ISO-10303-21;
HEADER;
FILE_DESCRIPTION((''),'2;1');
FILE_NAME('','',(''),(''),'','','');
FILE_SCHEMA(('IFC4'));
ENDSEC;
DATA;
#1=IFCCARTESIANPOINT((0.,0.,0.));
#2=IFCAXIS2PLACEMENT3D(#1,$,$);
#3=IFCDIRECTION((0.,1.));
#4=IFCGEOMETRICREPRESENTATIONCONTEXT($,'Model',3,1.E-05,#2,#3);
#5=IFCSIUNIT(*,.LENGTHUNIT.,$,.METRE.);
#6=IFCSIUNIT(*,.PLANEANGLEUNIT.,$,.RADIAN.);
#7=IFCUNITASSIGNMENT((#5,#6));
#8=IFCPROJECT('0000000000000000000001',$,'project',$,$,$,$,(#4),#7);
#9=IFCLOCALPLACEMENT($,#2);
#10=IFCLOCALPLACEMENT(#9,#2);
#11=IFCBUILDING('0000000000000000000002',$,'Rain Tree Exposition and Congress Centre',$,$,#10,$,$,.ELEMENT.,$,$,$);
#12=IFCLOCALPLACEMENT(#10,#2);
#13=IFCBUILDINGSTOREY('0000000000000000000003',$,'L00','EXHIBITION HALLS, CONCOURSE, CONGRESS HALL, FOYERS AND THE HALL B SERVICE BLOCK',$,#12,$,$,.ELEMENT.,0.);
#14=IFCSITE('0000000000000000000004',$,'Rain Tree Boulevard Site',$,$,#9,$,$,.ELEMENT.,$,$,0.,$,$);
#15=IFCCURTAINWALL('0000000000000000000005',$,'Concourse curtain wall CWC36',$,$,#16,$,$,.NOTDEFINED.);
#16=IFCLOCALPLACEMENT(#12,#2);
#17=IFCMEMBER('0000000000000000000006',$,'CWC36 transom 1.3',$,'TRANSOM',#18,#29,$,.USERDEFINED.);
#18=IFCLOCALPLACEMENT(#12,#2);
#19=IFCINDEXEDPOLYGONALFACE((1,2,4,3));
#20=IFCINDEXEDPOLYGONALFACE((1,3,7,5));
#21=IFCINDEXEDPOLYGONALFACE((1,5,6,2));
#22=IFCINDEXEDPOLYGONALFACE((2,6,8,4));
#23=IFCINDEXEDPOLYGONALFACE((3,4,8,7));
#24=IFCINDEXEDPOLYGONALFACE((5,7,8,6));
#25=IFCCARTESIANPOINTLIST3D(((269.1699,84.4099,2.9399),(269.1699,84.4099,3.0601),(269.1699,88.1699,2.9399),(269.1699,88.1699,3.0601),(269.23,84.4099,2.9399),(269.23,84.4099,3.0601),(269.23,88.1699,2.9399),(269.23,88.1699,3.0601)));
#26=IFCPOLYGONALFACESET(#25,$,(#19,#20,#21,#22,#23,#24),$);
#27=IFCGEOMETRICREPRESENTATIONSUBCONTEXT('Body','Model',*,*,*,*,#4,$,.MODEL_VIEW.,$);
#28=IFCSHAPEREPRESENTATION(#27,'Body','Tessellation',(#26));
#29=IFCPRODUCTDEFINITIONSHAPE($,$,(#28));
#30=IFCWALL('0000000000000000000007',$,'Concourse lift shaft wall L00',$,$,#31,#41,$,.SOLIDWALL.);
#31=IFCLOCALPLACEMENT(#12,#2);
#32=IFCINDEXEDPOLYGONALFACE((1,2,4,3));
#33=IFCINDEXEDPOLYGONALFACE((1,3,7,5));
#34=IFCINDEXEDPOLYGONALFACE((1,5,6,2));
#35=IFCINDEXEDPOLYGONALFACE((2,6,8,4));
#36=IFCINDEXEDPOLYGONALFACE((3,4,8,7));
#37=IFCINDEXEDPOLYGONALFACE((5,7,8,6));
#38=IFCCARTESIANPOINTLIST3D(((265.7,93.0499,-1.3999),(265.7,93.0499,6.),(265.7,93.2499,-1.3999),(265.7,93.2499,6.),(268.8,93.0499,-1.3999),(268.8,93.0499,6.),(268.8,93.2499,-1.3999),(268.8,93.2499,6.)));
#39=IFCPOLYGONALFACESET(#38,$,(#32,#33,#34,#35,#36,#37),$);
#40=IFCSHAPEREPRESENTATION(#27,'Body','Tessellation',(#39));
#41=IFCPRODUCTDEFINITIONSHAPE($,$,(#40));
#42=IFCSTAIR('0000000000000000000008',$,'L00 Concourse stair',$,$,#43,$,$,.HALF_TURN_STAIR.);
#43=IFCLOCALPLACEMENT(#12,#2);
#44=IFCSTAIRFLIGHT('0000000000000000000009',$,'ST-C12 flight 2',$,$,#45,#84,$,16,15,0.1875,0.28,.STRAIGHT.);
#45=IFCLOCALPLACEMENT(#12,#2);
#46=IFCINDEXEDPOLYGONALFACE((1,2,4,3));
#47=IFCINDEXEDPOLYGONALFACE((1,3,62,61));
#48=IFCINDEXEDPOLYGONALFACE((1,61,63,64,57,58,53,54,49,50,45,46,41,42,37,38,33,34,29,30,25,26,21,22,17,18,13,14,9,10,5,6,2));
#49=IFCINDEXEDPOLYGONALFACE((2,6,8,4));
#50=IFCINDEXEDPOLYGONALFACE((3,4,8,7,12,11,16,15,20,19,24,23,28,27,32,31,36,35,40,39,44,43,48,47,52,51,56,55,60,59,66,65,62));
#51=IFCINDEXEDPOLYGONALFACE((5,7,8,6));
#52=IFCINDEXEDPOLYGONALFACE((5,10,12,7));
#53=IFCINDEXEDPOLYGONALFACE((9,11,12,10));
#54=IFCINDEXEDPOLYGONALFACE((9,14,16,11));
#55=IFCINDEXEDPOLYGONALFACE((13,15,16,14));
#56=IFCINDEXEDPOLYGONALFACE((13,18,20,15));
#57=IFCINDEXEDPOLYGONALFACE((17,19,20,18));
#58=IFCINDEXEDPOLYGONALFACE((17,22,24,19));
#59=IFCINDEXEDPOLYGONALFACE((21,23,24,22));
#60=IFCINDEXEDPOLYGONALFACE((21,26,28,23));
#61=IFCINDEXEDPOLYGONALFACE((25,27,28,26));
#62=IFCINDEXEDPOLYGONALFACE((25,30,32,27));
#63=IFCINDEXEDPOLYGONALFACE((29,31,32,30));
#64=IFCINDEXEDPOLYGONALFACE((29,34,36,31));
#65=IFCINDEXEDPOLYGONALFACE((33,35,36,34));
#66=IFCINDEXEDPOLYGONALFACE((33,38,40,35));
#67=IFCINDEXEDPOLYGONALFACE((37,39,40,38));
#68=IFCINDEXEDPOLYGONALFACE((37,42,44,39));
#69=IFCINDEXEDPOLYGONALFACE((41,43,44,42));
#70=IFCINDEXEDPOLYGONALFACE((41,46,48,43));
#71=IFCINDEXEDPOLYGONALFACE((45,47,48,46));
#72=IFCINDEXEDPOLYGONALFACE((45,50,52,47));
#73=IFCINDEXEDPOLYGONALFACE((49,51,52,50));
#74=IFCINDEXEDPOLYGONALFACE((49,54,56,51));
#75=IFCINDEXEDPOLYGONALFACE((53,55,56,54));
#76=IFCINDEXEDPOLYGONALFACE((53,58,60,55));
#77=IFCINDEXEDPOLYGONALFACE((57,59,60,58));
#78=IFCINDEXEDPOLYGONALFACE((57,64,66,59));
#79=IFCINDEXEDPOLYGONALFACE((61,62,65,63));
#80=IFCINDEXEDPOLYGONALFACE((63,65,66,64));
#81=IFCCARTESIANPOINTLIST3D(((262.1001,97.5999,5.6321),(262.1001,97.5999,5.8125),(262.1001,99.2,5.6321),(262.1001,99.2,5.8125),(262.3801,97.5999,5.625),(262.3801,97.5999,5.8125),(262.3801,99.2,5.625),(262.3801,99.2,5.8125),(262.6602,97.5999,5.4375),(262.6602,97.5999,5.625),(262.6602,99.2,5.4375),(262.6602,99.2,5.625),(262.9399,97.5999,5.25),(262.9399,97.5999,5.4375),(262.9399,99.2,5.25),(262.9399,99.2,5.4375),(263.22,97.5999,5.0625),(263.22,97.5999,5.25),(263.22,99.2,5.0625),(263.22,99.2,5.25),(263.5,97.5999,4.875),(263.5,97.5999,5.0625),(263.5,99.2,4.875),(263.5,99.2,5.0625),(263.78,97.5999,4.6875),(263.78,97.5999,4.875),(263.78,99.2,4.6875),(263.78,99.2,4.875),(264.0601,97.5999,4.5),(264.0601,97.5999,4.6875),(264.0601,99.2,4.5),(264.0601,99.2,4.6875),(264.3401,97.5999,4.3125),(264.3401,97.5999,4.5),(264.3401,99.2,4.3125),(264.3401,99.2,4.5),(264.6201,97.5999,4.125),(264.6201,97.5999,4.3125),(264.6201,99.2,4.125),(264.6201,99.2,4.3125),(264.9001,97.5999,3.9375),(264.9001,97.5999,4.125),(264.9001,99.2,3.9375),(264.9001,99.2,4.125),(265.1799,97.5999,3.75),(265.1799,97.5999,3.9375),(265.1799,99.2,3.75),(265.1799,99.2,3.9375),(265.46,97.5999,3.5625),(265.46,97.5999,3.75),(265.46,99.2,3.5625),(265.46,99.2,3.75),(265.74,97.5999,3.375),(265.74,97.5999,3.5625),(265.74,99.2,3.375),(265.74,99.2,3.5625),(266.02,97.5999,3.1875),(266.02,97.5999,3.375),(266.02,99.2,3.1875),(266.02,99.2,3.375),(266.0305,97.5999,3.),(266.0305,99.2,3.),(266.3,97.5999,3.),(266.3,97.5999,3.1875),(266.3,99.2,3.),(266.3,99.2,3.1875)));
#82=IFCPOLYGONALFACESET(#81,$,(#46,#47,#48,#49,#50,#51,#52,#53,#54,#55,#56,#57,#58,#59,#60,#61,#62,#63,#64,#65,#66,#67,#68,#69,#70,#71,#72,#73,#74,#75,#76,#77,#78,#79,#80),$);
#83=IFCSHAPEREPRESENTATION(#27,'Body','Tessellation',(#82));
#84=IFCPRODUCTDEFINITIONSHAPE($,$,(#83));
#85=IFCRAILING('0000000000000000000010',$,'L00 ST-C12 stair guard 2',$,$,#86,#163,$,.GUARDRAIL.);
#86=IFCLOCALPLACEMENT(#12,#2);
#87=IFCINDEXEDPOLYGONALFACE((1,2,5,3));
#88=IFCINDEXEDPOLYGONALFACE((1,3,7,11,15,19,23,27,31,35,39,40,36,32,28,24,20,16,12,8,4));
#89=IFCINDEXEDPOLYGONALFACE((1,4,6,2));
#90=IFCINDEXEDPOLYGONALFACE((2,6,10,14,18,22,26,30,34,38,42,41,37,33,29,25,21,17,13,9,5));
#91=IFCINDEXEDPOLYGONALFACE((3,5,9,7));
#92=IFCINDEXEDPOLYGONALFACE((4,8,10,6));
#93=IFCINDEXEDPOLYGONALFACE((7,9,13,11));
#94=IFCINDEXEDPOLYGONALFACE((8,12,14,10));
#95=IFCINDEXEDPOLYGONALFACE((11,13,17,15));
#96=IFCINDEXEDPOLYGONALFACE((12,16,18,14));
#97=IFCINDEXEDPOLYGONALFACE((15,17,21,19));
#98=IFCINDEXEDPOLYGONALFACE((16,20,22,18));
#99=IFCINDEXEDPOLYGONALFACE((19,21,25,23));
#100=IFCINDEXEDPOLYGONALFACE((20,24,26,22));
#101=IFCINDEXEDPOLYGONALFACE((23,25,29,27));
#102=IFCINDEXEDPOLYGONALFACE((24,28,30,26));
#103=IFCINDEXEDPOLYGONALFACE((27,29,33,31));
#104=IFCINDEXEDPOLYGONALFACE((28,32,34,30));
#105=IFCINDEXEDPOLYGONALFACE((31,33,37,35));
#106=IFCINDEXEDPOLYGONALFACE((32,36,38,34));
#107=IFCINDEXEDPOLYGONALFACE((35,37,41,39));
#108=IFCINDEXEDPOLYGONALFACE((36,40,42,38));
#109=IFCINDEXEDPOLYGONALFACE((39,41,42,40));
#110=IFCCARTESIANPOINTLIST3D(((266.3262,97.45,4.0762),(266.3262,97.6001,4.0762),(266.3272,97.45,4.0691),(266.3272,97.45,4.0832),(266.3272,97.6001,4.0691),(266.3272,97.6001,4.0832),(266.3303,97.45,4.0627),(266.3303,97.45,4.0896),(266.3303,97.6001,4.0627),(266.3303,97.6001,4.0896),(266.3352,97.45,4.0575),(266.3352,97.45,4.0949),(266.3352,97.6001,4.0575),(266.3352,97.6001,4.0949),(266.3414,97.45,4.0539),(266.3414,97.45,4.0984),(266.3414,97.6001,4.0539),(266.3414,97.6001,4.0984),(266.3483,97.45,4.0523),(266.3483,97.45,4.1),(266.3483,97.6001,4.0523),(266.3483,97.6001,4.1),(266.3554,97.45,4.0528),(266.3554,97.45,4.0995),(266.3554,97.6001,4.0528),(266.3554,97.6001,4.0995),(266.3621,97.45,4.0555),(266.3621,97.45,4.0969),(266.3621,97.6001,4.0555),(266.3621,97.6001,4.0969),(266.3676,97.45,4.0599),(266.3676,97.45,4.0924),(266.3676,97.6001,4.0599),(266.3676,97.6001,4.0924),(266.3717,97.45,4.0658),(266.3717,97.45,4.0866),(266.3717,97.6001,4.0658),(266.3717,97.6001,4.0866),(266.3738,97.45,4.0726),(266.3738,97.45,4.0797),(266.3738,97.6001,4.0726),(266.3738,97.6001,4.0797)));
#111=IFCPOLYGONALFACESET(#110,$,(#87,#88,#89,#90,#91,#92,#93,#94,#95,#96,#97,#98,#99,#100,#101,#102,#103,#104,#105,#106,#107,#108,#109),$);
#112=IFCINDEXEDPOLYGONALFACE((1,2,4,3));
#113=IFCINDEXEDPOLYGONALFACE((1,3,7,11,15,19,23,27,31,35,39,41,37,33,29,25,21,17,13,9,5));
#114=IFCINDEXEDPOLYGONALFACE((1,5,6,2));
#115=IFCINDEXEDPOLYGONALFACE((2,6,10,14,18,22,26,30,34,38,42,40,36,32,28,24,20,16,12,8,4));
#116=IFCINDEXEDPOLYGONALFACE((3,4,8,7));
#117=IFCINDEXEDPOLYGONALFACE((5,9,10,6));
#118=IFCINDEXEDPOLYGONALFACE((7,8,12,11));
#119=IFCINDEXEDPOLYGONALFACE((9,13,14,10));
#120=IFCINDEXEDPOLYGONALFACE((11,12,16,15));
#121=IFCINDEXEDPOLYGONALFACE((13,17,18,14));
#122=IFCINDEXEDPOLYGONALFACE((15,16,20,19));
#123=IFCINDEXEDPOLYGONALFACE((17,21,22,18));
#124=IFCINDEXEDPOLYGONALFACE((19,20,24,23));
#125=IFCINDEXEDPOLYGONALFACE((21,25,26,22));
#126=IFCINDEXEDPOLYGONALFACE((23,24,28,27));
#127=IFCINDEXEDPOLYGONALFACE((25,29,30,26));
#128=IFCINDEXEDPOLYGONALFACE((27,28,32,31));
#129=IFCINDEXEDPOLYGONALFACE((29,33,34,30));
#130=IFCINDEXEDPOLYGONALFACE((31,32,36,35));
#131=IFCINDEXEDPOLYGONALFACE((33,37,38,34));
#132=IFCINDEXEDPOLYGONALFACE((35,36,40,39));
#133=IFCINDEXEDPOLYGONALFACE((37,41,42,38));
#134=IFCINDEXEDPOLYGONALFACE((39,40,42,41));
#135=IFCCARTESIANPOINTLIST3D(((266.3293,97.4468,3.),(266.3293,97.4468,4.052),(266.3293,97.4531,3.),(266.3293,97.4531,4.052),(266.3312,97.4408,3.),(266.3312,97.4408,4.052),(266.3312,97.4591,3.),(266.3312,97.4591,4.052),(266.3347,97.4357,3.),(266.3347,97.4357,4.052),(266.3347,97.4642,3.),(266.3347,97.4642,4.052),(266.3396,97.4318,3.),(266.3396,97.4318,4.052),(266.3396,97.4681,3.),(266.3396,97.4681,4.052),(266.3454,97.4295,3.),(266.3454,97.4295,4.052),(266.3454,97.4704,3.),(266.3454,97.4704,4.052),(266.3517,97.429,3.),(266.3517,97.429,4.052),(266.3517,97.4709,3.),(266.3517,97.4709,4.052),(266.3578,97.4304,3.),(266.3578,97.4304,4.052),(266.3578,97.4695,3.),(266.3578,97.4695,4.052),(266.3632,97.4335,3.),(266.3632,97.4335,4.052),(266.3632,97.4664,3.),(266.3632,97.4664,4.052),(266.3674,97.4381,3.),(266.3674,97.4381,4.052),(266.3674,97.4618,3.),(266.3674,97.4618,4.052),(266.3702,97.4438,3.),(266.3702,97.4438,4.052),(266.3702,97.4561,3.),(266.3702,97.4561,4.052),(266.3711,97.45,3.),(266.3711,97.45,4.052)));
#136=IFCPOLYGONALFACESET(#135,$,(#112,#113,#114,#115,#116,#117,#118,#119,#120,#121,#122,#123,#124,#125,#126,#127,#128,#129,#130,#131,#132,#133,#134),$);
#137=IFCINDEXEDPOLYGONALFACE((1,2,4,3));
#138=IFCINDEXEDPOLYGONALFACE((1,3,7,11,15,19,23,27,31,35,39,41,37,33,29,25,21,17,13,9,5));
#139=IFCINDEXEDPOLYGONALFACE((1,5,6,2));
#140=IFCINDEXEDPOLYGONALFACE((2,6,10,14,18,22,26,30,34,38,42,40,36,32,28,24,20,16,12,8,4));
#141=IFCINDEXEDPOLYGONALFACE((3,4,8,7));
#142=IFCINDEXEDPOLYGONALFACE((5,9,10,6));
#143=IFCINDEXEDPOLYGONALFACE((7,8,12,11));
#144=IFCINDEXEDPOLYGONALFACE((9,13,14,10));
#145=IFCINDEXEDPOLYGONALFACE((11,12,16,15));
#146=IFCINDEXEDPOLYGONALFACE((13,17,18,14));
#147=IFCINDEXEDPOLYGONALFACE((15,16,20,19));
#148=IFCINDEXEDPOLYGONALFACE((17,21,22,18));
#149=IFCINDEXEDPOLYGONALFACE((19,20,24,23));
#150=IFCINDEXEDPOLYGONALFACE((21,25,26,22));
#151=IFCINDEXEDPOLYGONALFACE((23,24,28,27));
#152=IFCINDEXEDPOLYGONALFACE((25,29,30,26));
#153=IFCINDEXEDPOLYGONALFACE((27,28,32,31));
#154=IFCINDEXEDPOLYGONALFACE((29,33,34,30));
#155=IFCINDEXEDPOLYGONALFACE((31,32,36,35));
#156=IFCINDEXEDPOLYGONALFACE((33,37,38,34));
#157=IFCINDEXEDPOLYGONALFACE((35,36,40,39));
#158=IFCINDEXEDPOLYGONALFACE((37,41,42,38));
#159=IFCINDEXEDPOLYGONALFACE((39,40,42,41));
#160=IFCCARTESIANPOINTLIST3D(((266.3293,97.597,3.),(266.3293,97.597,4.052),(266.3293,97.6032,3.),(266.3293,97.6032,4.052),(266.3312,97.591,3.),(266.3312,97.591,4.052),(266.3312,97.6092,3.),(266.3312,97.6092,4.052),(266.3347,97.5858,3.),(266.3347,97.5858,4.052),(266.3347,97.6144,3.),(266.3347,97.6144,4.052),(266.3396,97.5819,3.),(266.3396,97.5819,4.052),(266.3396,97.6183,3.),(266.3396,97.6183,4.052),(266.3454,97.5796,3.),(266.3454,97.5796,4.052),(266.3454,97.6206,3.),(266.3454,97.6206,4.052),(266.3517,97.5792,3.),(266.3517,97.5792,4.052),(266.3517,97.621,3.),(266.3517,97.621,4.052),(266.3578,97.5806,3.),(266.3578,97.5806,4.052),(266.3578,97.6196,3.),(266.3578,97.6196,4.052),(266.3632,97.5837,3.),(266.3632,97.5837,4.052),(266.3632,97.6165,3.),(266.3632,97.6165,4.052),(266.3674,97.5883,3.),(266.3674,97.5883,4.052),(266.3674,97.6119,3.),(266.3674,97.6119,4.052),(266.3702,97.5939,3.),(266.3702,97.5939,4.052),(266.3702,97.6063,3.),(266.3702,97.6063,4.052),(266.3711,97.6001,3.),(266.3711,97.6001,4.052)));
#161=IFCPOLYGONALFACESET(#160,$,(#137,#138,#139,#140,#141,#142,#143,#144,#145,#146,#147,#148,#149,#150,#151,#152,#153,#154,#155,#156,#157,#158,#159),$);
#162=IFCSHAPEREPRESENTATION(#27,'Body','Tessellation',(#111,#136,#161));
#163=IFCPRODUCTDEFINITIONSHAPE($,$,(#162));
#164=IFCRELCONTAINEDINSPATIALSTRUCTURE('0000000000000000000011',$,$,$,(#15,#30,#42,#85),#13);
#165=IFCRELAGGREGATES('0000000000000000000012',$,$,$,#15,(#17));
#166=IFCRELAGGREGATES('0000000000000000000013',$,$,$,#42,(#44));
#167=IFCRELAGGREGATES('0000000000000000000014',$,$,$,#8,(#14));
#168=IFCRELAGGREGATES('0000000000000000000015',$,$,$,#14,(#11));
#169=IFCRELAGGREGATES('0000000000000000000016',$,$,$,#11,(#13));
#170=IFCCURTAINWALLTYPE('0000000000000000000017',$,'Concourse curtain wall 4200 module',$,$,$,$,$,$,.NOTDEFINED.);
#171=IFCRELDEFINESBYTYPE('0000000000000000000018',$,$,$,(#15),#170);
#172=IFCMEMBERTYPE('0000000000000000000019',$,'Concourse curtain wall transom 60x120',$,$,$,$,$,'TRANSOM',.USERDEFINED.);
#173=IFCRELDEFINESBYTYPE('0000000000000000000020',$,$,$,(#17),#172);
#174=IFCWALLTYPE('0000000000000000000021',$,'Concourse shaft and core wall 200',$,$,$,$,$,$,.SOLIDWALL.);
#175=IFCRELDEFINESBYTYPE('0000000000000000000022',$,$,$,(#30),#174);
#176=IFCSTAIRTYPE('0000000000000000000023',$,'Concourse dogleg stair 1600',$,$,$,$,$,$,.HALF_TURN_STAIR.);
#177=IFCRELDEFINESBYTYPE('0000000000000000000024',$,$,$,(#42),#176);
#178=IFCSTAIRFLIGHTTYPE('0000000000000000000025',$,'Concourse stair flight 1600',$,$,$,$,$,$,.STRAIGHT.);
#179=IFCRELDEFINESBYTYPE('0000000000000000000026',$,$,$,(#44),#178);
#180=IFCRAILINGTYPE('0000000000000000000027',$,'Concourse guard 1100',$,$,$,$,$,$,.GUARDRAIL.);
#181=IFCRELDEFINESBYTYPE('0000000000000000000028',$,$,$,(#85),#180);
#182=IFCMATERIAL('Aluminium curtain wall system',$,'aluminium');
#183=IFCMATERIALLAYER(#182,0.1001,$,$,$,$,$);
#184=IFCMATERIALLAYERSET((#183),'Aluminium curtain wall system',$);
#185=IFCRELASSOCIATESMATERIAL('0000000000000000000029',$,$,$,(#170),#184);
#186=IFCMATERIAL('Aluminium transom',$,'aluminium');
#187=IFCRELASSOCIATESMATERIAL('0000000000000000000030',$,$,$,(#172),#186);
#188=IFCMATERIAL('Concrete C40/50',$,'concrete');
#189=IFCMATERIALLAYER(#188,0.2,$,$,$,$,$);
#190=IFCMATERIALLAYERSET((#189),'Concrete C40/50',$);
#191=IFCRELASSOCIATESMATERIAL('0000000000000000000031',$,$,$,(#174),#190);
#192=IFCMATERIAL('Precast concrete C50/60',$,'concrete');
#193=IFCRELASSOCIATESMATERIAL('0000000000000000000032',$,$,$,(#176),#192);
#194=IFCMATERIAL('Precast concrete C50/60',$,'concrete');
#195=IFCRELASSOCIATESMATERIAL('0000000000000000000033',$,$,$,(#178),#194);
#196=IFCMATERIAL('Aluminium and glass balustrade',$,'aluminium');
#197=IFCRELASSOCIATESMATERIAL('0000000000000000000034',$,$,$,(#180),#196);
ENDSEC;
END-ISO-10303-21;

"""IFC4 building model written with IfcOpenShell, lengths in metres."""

from ifc_helpers import new_model, si_unit, direction, frame, frame_2d, origin, origin_2d, place, context, subcontext, project, spatial, polyline, rectangle, circle, outline, extrude, material, layer, layer_set, material_profile, profile_set, type_object, element, aggregate, save


model = new_model("IFC4")

# Units and contexts
model_context = context("Model", 3, precision=1e-05, world=origin(), true_north=direction((0.0, 1.0)))
body_context = subcontext(model_context, "Body", "Model", "MODEL_VIEW")
ifc_project = project(units=[si_unit("LENGTHUNIT", "METRE"), si_unit("PLANEANGLEUNIT", "RADIAN")], contexts=[model_context])

# Site, building, storey
site_placement = place(None, origin())
site = spatial("IfcSite", under=ifc_project, at=site_placement, Name="Rain Tree Boulevard Site", CompositionType="ELEMENT", RefElevation=0.0)
building_placement = place(site_placement, origin())
building = spatial("IfcBuilding", under=site, at=building_placement, Name="Rain Tree Exposition and Congress Centre", CompositionType="ELEMENT")
storey_placement = place(building_placement, origin())
storey = spatial("IfcBuildingStorey", under=building, at=storey_placement, Name="L00", Description="EXHIBITION HALLS, CONCOURSE, CONGRESS HALL, FOYERS AND THE HALL B SERVICE BLOCK", CompositionType="ELEMENT", Elevation=0.0)

# Shared definitions
ifc_material_1 = material(Name="Aluminium curtain wall system", Category="aluminium")
ifc_layer_1 = layer(ifc_material_1, 0.1001)
ifc_layer_set_1 = layer_set([ifc_layer_1], Name="Aluminium curtain wall system")
curtain_wall_type = type_object("IfcCurtainWallType", Name="Concourse curtain wall 4200 module", PredefinedType="NOTDEFINED", material=ifc_layer_set_1)

# Curtain wall, member
curtain_wall_1_placement = place(storey_placement, origin())
curtain_wall_1 = element("IfcCurtainWall", 1, at=curtain_wall_1_placement, inside=storey, type_object=curtain_wall_type, Name="Concourse curtain wall CWC36", PredefinedType="NOTDEFINED")
ifc_material_2 = material(Name="Aluminium transom", Category="aluminium")
ifc_material_profile_1 = material_profile(ifc_material_2, rectangle(XDim=0.0601, YDim=0.1201, at=origin_2d()), Name="AL 60x120")
ifc_profile_set_1 = profile_set([ifc_material_profile_1], Name="Aluminium transom")
member_type_1 = type_object("IfcMemberType", Name="Concourse curtain wall transom 60x120", ElementType="TRANSOM", PredefinedType="USERDEFINED", material=ifc_profile_set_1)
member_1_placement = place(storey_placement, frame((269.2, 84.4099, 3.0), z_axis=(0.0, 1.0, 0.0), x_axis=(-1.0, 0.0, 0.0)))
member_1 = element("IfcMember", 2, at=member_1_placement, type_object=member_type_1, Name="CWC36 transom 1.3", ObjectType="TRANSOM", PredefinedType="USERDEFINED", context=body_context, shape_type="SweptSolid", body=[
    extrude(rectangle(XDim=0.0601, YDim=0.1201, at=origin_2d()), origin(), (0.0, 0.0, 1.0), 3.76),
])
aggregate(curtain_wall_1, [member_1])

# Shared definitions
ifc_material_3 = material(Name="Concrete C40/50", Category="concrete")
ifc_layer_2 = layer(ifc_material_3, 0.2)
ifc_layer_set_2 = layer_set([ifc_layer_2], Name="Concrete C40/50")
wall_type = type_object("IfcWallType", Name="Concourse shaft and core wall 200", PredefinedType="SOLIDWALL", material=ifc_layer_set_2)

# Wall
wall_1_placement = place(storey_placement, frame((265.7, 93.1499, -1.3999), z_axis=(0.0, 0.0, 1.0), x_axis=(1.0, 0.0, 0.0)))
element("IfcWall", 3, at=wall_1_placement, inside=storey, type_object=wall_type, Name="Concourse lift shaft wall L00", PredefinedType="SOLIDWALL", context=body_context, shape_type="SweptSolid", body=[
    extrude(rectangle(XDim=3.1001, YDim=0.2, at=frame_2d((1.55, 0.0))), origin(), (0.0, 0.0, 1.0), 7.3999),
])

# Stair, stair flight
ifc_material_4 = material(Name="Precast concrete C50/60", Category="concrete")
stair_type = type_object("IfcStairType", Name="Concourse dogleg stair 1600", PredefinedType="HALF_TURN_STAIR", material=ifc_material_4)
stair_placement = place(storey_placement, origin())
stair = element("IfcStair", 4, at=stair_placement, inside=storey, type_object=stair_type, Name="L00 Concourse stair", PredefinedType="HALF_TURN_STAIR")
ifc_material_5 = material(Name="Precast concrete C50/60", Category="concrete")
stair_flight_type = type_object("IfcStairFlightType", Name="Concourse stair flight 1600", PredefinedType="STRAIGHT", material=ifc_material_5)
stair_flight_placement = place(storey_placement, frame((266.3, 98.3999, 3.0), z_axis=(0.0, 0.0, 1.0), x_axis=(-1.0, 0.0, 0.0)))
stair_flight = element("IfcStairFlight", 5, at=stair_flight_placement, type_object=stair_flight_type, Name="ST-C12 flight 2", NumberOfRisers=16, NumberOfTreads=15, PredefinedType="STRAIGHT", RiserHeight=0.1875, TreadLength=0.28, context=body_context, shape_type="SweptSolid", body=[
    extrude(outline(polyline([(0.0, 0.0), (0.0, 0.1875), (0.28, 0.1875), (0.28, 0.375), (0.5601, 0.375), (0.5601, 0.5625), (0.8401, 0.5625), (0.8401, 0.75), (1.1201, 0.75), (1.1201, 0.9375), (1.3999, 0.9375), (1.3999, 1.125), (1.6799, 1.125), (1.6799, 1.3125), (1.96, 1.3125), (1.96, 1.5), (2.24, 1.5), (2.24, 1.6875), (2.52, 1.6875), (2.52, 1.875), (2.8, 1.875), (2.8, 2.0625), (3.0801, 2.0625), (3.0801, 2.25), (3.3601, 2.25), (3.3601, 2.4375), (3.6399, 2.4375), (3.6399, 2.625), (3.9199, 2.625), (3.9199, 2.8125), (4.2, 2.8125), (4.2, 3.0), (4.2, 2.6321), (0.2695, 0.0), (0.0, 0.0)])), frame((0.0, 0.8, 0.0), z_axis=(0.0, -1.0, 0.0), x_axis=(1.0, 0.0, 0.0)), (0.0, 0.0, 1.0), 1.6001),
])
aggregate(stair, [stair_flight])

# Railing
ifc_material_6 = material(Name="Aluminium and glass balustrade", Category="aluminium")
railing_type_1 = type_object("IfcRailingType", Name="Concourse guard 1100", PredefinedType="GUARDRAIL", material=ifc_material_6)
railing_1_placement = place(storey_placement, frame((266.3501, 97.45, 3.0)))
element("IfcRailing", 6, at=railing_1_placement, inside=storey, type_object=railing_type_1, Name="L00 ST-C12 stair guard 2", PredefinedType="GUARDRAIL", context=body_context, shape_type="SweptSolid", body=[
    extrude(circle(Radius=0.0239, at=origin_2d()), frame((0.0, 0.0, 1.0762), z_axis=(0.0, 1.0, 0.0), x_axis=(-1.0, 0.0, 0.0)), (0.0, 0.0, 1.0), 0.1501),
    extrude(circle(Radius=0.021, at=origin_2d()), origin(), (0.0, 0.0, 1.0), 1.052),
    extrude(circle(Radius=0.021, at=origin_2d()), frame((0.0, 0.1501, 0.0)), (0.0, 0.0, 1.0), 1.052),
])

save(model, "model.ifc")
